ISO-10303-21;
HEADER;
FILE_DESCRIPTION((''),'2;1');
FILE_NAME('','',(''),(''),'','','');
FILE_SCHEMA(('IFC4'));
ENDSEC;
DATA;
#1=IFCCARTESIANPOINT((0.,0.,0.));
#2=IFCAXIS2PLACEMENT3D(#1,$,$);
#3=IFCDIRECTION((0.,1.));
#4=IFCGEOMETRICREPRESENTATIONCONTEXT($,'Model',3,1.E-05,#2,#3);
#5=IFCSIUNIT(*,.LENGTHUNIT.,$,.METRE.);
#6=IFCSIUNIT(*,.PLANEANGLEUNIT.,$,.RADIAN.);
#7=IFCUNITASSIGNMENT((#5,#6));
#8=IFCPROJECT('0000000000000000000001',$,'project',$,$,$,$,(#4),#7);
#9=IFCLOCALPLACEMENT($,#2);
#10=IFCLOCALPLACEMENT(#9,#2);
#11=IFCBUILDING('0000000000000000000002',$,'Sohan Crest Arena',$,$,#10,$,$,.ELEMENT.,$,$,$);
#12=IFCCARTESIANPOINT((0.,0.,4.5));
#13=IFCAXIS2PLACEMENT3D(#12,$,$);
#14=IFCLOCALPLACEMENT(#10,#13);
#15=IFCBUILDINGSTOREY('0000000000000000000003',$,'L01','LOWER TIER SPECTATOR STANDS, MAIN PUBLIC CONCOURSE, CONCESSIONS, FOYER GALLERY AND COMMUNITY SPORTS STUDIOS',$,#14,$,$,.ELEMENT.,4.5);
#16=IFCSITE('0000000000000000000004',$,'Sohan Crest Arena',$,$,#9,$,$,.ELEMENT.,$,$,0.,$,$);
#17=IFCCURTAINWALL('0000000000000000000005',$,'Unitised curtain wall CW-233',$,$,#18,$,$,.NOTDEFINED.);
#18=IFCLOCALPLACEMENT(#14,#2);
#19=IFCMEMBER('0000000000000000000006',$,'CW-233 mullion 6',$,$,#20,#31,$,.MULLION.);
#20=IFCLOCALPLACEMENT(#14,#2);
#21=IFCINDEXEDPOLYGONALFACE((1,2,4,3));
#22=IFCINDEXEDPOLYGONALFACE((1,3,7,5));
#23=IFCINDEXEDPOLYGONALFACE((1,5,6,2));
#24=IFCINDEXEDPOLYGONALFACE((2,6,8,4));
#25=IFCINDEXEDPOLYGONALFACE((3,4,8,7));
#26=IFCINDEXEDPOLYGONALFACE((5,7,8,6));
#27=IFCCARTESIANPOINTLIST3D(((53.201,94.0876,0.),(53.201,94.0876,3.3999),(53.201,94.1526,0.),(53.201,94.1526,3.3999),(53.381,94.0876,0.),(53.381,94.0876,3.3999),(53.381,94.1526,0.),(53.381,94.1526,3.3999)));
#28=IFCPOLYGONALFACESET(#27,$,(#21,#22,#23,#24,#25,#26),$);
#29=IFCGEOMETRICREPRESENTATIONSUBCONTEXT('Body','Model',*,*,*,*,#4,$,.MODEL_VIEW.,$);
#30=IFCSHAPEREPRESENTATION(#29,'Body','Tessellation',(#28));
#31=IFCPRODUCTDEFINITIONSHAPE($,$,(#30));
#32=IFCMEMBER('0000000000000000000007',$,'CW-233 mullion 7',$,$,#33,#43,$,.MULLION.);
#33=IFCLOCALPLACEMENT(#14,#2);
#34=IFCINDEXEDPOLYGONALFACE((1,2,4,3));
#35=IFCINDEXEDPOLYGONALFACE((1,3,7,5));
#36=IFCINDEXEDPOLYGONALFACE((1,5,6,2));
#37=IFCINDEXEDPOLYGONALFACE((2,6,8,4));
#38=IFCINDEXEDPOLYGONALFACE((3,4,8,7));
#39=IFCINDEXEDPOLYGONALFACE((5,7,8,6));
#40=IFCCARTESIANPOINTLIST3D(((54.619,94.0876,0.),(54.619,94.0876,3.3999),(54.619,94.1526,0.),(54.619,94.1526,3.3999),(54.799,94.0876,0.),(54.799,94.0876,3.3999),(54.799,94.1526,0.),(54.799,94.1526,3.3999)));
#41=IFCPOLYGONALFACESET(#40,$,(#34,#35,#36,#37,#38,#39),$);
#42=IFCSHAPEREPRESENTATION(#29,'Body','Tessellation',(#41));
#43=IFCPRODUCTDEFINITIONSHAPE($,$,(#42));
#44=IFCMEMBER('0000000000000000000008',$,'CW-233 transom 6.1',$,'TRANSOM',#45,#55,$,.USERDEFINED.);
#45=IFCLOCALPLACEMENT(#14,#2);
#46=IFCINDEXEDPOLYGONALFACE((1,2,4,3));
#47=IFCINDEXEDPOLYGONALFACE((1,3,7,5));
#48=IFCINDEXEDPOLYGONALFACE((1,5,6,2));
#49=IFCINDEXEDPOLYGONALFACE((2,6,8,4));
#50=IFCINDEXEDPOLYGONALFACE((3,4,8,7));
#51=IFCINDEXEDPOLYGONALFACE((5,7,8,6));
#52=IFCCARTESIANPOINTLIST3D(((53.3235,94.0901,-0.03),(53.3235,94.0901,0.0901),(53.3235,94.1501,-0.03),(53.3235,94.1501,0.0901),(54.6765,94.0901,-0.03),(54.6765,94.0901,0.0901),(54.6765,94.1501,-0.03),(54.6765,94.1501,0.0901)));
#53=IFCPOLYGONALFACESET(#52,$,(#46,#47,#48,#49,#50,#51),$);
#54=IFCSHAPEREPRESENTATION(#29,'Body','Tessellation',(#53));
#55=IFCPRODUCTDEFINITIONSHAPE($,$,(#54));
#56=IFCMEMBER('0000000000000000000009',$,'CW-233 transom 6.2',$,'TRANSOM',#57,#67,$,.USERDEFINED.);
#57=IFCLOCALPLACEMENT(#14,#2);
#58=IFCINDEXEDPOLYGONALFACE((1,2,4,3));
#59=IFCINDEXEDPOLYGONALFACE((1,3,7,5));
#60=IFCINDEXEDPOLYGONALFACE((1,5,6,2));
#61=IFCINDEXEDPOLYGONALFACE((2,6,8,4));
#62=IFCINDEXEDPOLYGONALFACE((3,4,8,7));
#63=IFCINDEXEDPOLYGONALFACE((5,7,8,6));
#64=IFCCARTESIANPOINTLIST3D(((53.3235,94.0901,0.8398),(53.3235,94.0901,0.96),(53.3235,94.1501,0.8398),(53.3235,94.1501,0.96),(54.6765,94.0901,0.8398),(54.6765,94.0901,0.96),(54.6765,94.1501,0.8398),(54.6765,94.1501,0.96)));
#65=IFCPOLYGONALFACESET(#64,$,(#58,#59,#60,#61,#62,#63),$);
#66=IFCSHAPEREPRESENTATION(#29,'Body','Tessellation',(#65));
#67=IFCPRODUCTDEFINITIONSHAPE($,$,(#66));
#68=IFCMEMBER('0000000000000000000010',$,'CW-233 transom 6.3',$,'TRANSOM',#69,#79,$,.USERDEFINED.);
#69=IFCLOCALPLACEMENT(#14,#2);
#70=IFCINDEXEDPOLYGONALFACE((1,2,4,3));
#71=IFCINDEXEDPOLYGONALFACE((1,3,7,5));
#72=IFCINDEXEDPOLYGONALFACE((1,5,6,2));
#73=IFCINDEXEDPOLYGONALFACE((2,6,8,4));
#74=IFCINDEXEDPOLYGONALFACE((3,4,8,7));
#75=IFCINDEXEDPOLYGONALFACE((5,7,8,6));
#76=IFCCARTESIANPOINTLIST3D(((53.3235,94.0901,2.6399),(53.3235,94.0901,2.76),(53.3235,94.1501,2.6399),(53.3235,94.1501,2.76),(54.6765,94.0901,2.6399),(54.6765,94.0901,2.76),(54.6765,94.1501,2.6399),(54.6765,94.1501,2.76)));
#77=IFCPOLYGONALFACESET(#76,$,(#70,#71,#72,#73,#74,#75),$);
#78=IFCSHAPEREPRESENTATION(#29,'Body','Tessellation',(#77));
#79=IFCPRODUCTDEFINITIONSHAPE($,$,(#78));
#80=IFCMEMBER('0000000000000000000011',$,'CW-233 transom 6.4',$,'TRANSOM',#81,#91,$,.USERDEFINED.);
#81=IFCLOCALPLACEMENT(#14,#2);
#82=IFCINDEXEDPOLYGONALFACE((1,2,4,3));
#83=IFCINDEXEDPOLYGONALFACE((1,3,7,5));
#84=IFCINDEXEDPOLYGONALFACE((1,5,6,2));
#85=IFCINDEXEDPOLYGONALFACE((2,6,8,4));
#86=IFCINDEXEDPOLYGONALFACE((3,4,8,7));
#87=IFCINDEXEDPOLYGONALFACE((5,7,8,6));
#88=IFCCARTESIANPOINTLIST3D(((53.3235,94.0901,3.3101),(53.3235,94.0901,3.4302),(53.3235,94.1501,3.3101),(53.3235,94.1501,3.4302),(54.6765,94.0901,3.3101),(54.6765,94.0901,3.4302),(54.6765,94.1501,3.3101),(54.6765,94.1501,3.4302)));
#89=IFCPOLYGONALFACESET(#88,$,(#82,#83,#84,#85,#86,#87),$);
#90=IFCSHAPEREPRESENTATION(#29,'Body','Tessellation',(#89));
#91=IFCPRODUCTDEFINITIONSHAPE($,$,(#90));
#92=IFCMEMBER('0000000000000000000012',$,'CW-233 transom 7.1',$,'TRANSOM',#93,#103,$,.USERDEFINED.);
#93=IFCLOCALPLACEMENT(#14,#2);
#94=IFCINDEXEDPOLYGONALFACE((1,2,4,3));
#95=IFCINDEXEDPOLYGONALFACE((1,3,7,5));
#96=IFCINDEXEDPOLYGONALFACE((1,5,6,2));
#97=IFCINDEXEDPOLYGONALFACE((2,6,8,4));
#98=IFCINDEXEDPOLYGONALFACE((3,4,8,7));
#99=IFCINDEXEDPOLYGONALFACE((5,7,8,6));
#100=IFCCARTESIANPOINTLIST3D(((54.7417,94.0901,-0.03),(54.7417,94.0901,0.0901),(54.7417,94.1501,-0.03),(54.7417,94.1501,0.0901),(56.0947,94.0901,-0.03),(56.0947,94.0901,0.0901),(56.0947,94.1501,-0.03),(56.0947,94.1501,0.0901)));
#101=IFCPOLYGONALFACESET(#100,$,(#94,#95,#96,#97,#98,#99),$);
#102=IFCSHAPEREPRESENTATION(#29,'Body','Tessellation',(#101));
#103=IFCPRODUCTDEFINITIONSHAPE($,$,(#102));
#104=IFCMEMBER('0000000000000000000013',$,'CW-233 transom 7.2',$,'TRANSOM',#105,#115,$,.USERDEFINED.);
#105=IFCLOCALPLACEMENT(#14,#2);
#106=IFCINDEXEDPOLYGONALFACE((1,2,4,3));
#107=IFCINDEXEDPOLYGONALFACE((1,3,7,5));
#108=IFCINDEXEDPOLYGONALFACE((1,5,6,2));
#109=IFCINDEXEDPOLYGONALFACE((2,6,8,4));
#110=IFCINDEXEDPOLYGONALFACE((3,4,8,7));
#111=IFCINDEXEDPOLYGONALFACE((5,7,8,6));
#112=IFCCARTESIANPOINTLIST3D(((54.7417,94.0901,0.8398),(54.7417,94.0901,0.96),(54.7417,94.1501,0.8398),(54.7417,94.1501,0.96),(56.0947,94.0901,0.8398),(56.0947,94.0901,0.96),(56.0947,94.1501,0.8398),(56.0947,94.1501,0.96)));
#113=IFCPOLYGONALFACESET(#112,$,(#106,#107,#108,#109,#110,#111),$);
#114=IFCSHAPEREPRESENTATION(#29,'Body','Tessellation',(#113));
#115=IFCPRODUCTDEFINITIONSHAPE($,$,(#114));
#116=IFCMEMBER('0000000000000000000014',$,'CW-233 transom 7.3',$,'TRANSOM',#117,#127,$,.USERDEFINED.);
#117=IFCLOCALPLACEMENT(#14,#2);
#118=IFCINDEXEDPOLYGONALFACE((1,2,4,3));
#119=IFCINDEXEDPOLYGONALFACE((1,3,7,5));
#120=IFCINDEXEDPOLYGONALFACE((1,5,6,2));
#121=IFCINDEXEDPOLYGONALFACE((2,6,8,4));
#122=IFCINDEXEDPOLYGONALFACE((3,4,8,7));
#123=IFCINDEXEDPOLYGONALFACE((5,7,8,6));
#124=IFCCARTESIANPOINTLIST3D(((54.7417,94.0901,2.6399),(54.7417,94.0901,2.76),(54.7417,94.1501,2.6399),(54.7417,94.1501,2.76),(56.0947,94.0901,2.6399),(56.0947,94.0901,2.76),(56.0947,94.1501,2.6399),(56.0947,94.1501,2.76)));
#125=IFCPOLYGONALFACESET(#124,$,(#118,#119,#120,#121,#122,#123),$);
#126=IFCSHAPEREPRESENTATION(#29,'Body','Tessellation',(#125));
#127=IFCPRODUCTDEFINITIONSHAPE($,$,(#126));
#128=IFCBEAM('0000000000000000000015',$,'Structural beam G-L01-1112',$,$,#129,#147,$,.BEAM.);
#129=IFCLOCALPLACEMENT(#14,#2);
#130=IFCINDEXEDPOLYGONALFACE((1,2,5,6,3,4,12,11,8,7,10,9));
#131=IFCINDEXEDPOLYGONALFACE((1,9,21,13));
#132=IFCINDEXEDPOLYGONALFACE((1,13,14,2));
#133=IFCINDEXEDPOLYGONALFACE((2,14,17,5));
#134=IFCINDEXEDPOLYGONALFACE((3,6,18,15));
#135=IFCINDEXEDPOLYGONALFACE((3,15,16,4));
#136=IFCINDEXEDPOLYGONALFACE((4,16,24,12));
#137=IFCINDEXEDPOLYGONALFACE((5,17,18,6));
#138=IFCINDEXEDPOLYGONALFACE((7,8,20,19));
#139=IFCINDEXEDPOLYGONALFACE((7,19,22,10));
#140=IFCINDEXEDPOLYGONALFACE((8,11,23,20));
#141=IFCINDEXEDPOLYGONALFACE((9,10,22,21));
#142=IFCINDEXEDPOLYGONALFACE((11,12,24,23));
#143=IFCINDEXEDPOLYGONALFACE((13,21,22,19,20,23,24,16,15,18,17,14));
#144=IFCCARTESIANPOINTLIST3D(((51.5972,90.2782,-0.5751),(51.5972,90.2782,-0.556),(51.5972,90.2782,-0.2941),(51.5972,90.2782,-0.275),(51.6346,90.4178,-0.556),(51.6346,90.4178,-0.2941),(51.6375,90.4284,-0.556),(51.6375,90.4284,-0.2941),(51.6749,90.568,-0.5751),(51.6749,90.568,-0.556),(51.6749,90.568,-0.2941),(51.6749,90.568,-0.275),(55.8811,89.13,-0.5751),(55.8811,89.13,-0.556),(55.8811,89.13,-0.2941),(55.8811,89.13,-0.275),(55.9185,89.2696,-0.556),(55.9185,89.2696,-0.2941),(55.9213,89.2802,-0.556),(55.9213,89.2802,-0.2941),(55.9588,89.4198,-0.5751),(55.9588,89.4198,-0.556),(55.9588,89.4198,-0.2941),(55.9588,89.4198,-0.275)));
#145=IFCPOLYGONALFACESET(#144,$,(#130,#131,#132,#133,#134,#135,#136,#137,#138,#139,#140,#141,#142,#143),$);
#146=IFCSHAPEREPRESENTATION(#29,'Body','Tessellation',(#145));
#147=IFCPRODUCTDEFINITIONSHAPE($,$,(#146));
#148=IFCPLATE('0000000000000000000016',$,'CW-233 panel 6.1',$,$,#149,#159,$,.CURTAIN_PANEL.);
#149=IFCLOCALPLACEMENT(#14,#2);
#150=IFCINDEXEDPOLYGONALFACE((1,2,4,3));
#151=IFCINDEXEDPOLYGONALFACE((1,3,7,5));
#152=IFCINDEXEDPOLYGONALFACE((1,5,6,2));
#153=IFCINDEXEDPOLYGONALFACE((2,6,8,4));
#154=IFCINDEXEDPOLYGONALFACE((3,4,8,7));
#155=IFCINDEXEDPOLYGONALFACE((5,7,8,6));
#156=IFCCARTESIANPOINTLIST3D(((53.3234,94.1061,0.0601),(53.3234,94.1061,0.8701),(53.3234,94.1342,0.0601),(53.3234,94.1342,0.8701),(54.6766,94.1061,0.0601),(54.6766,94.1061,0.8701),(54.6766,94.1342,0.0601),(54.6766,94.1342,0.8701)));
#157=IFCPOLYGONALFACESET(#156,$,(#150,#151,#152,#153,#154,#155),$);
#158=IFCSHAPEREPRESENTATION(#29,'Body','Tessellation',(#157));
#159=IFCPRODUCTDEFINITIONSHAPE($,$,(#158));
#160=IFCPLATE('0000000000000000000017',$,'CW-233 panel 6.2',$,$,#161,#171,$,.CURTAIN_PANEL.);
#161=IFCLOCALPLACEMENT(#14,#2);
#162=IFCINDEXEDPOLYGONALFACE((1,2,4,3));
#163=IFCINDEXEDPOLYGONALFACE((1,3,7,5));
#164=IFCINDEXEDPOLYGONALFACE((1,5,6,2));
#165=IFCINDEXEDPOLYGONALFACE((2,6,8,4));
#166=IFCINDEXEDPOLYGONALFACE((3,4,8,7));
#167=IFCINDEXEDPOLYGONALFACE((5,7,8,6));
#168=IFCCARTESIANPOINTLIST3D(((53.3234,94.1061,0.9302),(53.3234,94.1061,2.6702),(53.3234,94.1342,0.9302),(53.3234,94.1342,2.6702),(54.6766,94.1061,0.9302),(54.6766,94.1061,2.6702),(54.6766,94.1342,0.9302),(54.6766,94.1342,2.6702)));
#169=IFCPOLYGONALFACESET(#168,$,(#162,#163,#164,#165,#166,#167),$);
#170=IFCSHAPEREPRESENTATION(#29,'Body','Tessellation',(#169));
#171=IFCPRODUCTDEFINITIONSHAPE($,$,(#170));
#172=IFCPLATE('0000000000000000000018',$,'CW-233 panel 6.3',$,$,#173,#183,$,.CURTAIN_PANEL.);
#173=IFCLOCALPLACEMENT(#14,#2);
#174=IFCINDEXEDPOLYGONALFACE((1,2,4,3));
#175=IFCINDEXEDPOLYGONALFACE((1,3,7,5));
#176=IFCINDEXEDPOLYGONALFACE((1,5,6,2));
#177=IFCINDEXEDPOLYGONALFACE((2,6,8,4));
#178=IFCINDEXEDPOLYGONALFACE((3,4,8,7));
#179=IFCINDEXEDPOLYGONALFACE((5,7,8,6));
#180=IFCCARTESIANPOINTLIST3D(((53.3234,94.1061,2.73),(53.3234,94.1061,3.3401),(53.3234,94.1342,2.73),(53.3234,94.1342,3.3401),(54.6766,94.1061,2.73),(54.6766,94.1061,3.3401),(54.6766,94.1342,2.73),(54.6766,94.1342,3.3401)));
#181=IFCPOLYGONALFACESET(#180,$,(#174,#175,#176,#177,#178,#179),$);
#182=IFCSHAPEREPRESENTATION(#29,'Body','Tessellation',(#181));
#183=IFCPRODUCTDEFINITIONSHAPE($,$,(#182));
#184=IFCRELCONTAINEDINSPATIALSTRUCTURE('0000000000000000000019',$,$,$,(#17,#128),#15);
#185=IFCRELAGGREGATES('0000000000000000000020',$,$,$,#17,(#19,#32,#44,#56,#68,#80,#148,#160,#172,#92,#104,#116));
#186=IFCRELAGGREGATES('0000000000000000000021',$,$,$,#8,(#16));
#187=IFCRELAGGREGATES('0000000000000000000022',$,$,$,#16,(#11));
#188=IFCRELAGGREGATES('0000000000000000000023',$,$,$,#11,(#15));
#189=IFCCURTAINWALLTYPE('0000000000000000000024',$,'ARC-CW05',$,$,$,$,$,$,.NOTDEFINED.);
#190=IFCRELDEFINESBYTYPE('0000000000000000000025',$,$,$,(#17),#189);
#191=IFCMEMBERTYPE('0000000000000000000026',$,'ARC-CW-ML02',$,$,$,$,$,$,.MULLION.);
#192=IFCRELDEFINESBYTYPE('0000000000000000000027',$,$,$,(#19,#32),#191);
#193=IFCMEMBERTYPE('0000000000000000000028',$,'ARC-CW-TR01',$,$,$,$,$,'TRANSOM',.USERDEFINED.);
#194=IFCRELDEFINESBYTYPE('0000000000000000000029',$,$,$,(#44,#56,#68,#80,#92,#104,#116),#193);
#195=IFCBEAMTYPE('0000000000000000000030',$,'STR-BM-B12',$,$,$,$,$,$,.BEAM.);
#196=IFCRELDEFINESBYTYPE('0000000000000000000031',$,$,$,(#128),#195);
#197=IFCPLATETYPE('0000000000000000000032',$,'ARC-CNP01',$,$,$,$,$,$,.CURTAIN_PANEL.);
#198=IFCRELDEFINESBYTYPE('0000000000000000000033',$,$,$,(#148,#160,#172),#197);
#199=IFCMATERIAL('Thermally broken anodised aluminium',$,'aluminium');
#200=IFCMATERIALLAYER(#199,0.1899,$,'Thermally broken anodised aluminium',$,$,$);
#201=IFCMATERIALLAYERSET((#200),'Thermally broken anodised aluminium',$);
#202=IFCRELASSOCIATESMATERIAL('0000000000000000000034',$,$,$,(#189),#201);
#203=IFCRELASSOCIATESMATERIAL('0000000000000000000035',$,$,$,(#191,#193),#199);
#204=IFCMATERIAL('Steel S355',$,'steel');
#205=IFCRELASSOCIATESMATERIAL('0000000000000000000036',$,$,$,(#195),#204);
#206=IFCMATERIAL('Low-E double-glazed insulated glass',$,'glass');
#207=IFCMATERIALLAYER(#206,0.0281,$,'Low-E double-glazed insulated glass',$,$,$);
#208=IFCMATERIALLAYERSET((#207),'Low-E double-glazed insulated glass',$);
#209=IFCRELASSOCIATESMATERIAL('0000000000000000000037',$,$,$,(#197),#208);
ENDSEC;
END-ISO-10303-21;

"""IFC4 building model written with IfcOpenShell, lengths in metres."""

from ifc_helpers import new_model, si_unit, direction, frame, origin, origin_2d, place, context, subcontext, project, spatial, rectangle, i_section, extrude, material, layer, layer_set, material_profile, profile_set, type_object, element, aggregate, save


model = new_model("IFC4")

# Units and contexts
model_context = context("Model", 3, precision=1e-05, world=origin(), true_north=direction((0.0, 1.0)))
body_context = subcontext(model_context, "Body", "Model", "MODEL_VIEW")
ifc_project = project(units=[si_unit("LENGTHUNIT", "METRE"), si_unit("PLANEANGLEUNIT", "RADIAN")], contexts=[model_context])

# Site, building, storey
site_placement = place(None, origin())
site = spatial("IfcSite", under=ifc_project, at=site_placement, Name="Sohan Crest Arena", CompositionType="ELEMENT", RefElevation=0.0)
building_placement = place(site_placement, origin())
building = spatial("IfcBuilding", under=site, at=building_placement, Name="Sohan Crest Arena", CompositionType="ELEMENT")
storey_placement = place(building_placement, frame((0.0, 0.0, 4.5)))
storey = spatial("IfcBuildingStorey", under=building, at=storey_placement, Name="L01", Description="LOWER TIER SPECTATOR STANDS, MAIN PUBLIC CONCOURSE, CONCESSIONS, FOYER GALLERY AND COMMUNITY SPORTS STUDIOS", CompositionType="ELEMENT", Elevation=4.5)

# Curtain wall, members
ifc_material_1 = material(Name="Thermally broken anodised aluminium", Category="aluminium")
ifc_layer_1 = layer(ifc_material_1, 0.1899, Name="Thermally broken anodised aluminium")
ifc_layer_set_1 = layer_set([ifc_layer_1], Name="Thermally broken anodised aluminium")
curtain_wall_type = type_object("IfcCurtainWallType", Name="ARC-CW05", PredefinedType="NOTDEFINED", material=ifc_layer_set_1)
curtain_wall_placement = place(storey_placement, origin())
curtain_wall = element("IfcCurtainWall", 1, at=curtain_wall_placement, inside=storey, type_object=curtain_wall_type, Name="Unitised curtain wall CW-233", PredefinedType="NOTDEFINED")
ifc_material_profile_1 = material_profile(ifc_material_1, rectangle(XDim=0.0649, YDim=0.1799, at=origin_2d()), Name="ALU-MULL 65x180")
ifc_profile_set_1 = profile_set([ifc_material_profile_1], Name="Thermally broken anodised aluminium")
member_type_1 = type_object("IfcMemberType", Name="ARC-CW-ML02", PredefinedType="MULLION", material=ifc_profile_set_1)
member_1_placement = place(storey_placement, frame((53.291, 94.1201, 0.0), z_axis=(0.0, 0.0, 1.0), x_axis=(0.0, 1.0, 0.0)))
member_1 = element("IfcMember", 2, at=member_1_placement, type_object=member_type_1, Name="CW-233 mullion 6", PredefinedType="MULLION", context=body_context, shape_type="SweptSolid", body=[
    extrude(rectangle(XDim=0.0649, YDim=0.1799, at=origin_2d()), origin(), (0.0, 0.0, 1.0), 3.3999),
])
member_2_placement = place(storey_placement, frame((54.709, 94.1201, 0.0), z_axis=(0.0, 0.0, 1.0), x_axis=(0.0, 1.0, 0.0)))
member_2 = element("IfcMember", 3, at=member_2_placement, type_object=member_type_1, Name="CW-233 mullion 7", PredefinedType="MULLION", context=body_context, shape_type="SweptSolid", body=[
    extrude(rectangle(XDim=0.0649, YDim=0.1799, at=origin_2d()), origin(), (0.0, 0.0, 1.0), 3.3999),
])
ifc_material_profile_2 = material_profile(ifc_material_1, rectangle(XDim=0.0601, YDim=0.1201, at=origin_2d()), Name="ALU-TRAN 60x120")
ifc_profile_set_2 = profile_set([ifc_material_profile_2], Name="Thermally broken anodised aluminium")
member_type_2 = type_object("IfcMemberType", Name="ARC-CW-TR01", ElementType="TRANSOM", PredefinedType="USERDEFINED", material=ifc_profile_set_2)
member_3_placement = place(storey_placement, frame((53.3235, 94.1201, 0.03), z_axis=(1.0, 0.0, 0.0), x_axis=(0.0, 1.0, 0.0)))
member_3 = element("IfcMember", 4, at=member_3_placement, type_object=member_type_2, Name="CW-233 transom 6.1", ObjectType="TRANSOM", PredefinedType="USERDEFINED", context=body_context, shape_type="SweptSolid", body=[
    extrude(rectangle(XDim=0.0601, YDim=0.1201, at=origin_2d()), origin(), (0.0, 0.0, 1.0), 1.353),
])
member_4_placement = place(storey_placement, frame((53.3235, 94.1201, 0.8999), z_axis=(1.0, 0.0, 0.0), x_axis=(0.0, 1.0, 0.0)))
member_4 = element("IfcMember", 5, at=member_4_placement, type_object=member_type_2, Name="CW-233 transom 6.2", ObjectType="TRANSOM", PredefinedType="USERDEFINED", context=body_context, shape_type="SweptSolid", body=[
    extrude(rectangle(XDim=0.0601, YDim=0.1201, at=origin_2d()), origin(), (0.0, 0.0, 1.0), 1.353),
])
member_5_placement = place(storey_placement, frame((53.3235, 94.1201, 2.7), z_axis=(1.0, 0.0, 0.0), x_axis=(0.0, 1.0, 0.0)))
member_5 = element("IfcMember", 6, at=member_5_placement, type_object=member_type_2, Name="CW-233 transom 6.3", ObjectType="TRANSOM", PredefinedType="USERDEFINED", context=body_context, shape_type="SweptSolid", body=[
    extrude(rectangle(XDim=0.0601, YDim=0.1201, at=origin_2d()), origin(), (0.0, 0.0, 1.0), 1.353),
])
member_6_placement = place(storey_placement, frame((53.3235, 94.1201, 3.3701), z_axis=(1.0, 0.0, 0.0), x_axis=(0.0, 1.0, 0.0)))
member_6 = element("IfcMember", 7, at=member_6_placement, type_object=member_type_2, Name="CW-233 transom 6.4", ObjectType="TRANSOM", PredefinedType="USERDEFINED", context=body_context, shape_type="SweptSolid", body=[
    extrude(rectangle(XDim=0.0601, YDim=0.1201, at=origin_2d()), origin(), (0.0, 0.0, 1.0), 1.353),
])
member_7_placement = place(storey_placement, frame((54.7417, 94.1201, 0.03), z_axis=(1.0, 0.0, 0.0), x_axis=(0.0, 1.0, 0.0)))
member_7 = element("IfcMember", 8, at=member_7_placement, type_object=member_type_2, Name="CW-233 transom 7.1", ObjectType="TRANSOM", PredefinedType="USERDEFINED", context=body_context, shape_type="SweptSolid", body=[
    extrude(rectangle(XDim=0.0601, YDim=0.1201, at=origin_2d()), origin(), (0.0, 0.0, 1.0), 1.353),
])
member_8_placement = place(storey_placement, frame((54.7417, 94.1201, 0.8999), z_axis=(1.0, 0.0, 0.0), x_axis=(0.0, 1.0, 0.0)))
member_8 = element("IfcMember", 9, at=member_8_placement, type_object=member_type_2, Name="CW-233 transom 7.2", ObjectType="TRANSOM", PredefinedType="USERDEFINED", context=body_context, shape_type="SweptSolid", body=[
    extrude(rectangle(XDim=0.0601, YDim=0.1201, at=origin_2d()), origin(), (0.0, 0.0, 1.0), 1.353),
])
member_9_placement = place(storey_placement, frame((54.7417, 94.1201, 2.7), z_axis=(1.0, 0.0, 0.0), x_axis=(0.0, 1.0, 0.0)))
member_9 = element("IfcMember", 10, at=member_9_placement, type_object=member_type_2, Name="CW-233 transom 7.3", ObjectType="TRANSOM", PredefinedType="USERDEFINED", context=body_context, shape_type="SweptSolid", body=[
    extrude(rectangle(XDim=0.0601, YDim=0.1201, at=origin_2d()), origin(), (0.0, 0.0, 1.0), 1.353),
])

# Beam
ifc_material_2 = material(Name="Steel S355", Category="steel")
ifc_material_profile_3 = material_profile(ifc_material_2, i_section(OverallWidth=0.3, OverallDepth=0.3, WebThickness=0.011, FlangeThickness=0.019, at=origin_2d()), Name="HEB 300")
ifc_profile_set_3 = profile_set([ifc_material_profile_3], Name="Steel S355")
beam_type = type_object("IfcBeamType", Name="STR-BM-B12", PredefinedType="BEAM", material=ifc_profile_set_3)
beam_placement = place(storey_placement, frame((55.9199, 89.2749, -0.425), z_axis=(-0.965908, 0.258886, 0.0), x_axis=(-0.258886, -0.965908, 0.0)))
element("IfcBeam", 11, at=beam_placement, inside=storey, type_object=beam_type, Name="Structural beam G-L01-1112", PredefinedType="BEAM", context=body_context, shape_type="SweptSolid", body=[
    extrude(i_section(OverallWidth=0.3, OverallDepth=0.3, WebThickness=0.011, FlangeThickness=0.019, at=origin_2d()), origin(), (0.0, 0.0, 1.0), 4.4351),
])

# Plates
ifc_material_3 = material(Name="Low-E double-glazed insulated glass", Category="glass")
ifc_layer_2 = layer(ifc_material_3, 0.0281, Name="Low-E double-glazed insulated glass")
ifc_layer_set_2 = layer_set([ifc_layer_2], Name="Low-E double-glazed insulated glass")
plate_type = type_object("IfcPlateType", Name="ARC-CNP01", PredefinedType="CURTAIN_PANEL", material=ifc_layer_set_2)
plate_1_placement = place(storey_placement, frame((54.0, 94.1201, 0.0601), z_axis=(0.0, 0.0, 1.0), x_axis=(1.0, 0.0, 0.0)))
plate_1 = element("IfcPlate", 12, at=plate_1_placement, type_object=plate_type, Name="CW-233 panel 6.1", PredefinedType="CURTAIN_PANEL", context=body_context, shape_type="SweptSolid", body=[
    extrude(rectangle(XDim=1.3533, YDim=0.0281, at=origin_2d()), origin(), (0.0, 0.0, 1.0), 0.8101),
])
plate_2_placement = place(storey_placement, frame((54.0, 94.1201, 0.9302), z_axis=(0.0, 0.0, 1.0), x_axis=(1.0, 0.0, 0.0)))
plate_2 = element("IfcPlate", 13, at=plate_2_placement, type_object=plate_type, Name="CW-233 panel 6.2", PredefinedType="CURTAIN_PANEL", context=body_context, shape_type="SweptSolid", body=[
    extrude(rectangle(XDim=1.3533, YDim=0.0281, at=origin_2d()), origin(), (0.0, 0.0, 1.0), 1.74),
])
plate_3_placement = place(storey_placement, frame((54.0, 94.1201, 2.73), z_axis=(0.0, 0.0, 1.0), x_axis=(1.0, 0.0, 0.0)))
plate_3 = element("IfcPlate", 14, at=plate_3_placement, type_object=plate_type, Name="CW-233 panel 6.3", PredefinedType="CURTAIN_PANEL", context=body_context, shape_type="SweptSolid", body=[
    extrude(rectangle(XDim=1.3533, YDim=0.0281, at=origin_2d()), origin(), (0.0, 0.0, 1.0), 0.6101),
])
aggregate(curtain_wall, [member_1, member_2, member_3, member_4, member_5, member_6, plate_1, plate_2, plate_3, member_7, member_8, member_9])

save(model, "model.ifc")
